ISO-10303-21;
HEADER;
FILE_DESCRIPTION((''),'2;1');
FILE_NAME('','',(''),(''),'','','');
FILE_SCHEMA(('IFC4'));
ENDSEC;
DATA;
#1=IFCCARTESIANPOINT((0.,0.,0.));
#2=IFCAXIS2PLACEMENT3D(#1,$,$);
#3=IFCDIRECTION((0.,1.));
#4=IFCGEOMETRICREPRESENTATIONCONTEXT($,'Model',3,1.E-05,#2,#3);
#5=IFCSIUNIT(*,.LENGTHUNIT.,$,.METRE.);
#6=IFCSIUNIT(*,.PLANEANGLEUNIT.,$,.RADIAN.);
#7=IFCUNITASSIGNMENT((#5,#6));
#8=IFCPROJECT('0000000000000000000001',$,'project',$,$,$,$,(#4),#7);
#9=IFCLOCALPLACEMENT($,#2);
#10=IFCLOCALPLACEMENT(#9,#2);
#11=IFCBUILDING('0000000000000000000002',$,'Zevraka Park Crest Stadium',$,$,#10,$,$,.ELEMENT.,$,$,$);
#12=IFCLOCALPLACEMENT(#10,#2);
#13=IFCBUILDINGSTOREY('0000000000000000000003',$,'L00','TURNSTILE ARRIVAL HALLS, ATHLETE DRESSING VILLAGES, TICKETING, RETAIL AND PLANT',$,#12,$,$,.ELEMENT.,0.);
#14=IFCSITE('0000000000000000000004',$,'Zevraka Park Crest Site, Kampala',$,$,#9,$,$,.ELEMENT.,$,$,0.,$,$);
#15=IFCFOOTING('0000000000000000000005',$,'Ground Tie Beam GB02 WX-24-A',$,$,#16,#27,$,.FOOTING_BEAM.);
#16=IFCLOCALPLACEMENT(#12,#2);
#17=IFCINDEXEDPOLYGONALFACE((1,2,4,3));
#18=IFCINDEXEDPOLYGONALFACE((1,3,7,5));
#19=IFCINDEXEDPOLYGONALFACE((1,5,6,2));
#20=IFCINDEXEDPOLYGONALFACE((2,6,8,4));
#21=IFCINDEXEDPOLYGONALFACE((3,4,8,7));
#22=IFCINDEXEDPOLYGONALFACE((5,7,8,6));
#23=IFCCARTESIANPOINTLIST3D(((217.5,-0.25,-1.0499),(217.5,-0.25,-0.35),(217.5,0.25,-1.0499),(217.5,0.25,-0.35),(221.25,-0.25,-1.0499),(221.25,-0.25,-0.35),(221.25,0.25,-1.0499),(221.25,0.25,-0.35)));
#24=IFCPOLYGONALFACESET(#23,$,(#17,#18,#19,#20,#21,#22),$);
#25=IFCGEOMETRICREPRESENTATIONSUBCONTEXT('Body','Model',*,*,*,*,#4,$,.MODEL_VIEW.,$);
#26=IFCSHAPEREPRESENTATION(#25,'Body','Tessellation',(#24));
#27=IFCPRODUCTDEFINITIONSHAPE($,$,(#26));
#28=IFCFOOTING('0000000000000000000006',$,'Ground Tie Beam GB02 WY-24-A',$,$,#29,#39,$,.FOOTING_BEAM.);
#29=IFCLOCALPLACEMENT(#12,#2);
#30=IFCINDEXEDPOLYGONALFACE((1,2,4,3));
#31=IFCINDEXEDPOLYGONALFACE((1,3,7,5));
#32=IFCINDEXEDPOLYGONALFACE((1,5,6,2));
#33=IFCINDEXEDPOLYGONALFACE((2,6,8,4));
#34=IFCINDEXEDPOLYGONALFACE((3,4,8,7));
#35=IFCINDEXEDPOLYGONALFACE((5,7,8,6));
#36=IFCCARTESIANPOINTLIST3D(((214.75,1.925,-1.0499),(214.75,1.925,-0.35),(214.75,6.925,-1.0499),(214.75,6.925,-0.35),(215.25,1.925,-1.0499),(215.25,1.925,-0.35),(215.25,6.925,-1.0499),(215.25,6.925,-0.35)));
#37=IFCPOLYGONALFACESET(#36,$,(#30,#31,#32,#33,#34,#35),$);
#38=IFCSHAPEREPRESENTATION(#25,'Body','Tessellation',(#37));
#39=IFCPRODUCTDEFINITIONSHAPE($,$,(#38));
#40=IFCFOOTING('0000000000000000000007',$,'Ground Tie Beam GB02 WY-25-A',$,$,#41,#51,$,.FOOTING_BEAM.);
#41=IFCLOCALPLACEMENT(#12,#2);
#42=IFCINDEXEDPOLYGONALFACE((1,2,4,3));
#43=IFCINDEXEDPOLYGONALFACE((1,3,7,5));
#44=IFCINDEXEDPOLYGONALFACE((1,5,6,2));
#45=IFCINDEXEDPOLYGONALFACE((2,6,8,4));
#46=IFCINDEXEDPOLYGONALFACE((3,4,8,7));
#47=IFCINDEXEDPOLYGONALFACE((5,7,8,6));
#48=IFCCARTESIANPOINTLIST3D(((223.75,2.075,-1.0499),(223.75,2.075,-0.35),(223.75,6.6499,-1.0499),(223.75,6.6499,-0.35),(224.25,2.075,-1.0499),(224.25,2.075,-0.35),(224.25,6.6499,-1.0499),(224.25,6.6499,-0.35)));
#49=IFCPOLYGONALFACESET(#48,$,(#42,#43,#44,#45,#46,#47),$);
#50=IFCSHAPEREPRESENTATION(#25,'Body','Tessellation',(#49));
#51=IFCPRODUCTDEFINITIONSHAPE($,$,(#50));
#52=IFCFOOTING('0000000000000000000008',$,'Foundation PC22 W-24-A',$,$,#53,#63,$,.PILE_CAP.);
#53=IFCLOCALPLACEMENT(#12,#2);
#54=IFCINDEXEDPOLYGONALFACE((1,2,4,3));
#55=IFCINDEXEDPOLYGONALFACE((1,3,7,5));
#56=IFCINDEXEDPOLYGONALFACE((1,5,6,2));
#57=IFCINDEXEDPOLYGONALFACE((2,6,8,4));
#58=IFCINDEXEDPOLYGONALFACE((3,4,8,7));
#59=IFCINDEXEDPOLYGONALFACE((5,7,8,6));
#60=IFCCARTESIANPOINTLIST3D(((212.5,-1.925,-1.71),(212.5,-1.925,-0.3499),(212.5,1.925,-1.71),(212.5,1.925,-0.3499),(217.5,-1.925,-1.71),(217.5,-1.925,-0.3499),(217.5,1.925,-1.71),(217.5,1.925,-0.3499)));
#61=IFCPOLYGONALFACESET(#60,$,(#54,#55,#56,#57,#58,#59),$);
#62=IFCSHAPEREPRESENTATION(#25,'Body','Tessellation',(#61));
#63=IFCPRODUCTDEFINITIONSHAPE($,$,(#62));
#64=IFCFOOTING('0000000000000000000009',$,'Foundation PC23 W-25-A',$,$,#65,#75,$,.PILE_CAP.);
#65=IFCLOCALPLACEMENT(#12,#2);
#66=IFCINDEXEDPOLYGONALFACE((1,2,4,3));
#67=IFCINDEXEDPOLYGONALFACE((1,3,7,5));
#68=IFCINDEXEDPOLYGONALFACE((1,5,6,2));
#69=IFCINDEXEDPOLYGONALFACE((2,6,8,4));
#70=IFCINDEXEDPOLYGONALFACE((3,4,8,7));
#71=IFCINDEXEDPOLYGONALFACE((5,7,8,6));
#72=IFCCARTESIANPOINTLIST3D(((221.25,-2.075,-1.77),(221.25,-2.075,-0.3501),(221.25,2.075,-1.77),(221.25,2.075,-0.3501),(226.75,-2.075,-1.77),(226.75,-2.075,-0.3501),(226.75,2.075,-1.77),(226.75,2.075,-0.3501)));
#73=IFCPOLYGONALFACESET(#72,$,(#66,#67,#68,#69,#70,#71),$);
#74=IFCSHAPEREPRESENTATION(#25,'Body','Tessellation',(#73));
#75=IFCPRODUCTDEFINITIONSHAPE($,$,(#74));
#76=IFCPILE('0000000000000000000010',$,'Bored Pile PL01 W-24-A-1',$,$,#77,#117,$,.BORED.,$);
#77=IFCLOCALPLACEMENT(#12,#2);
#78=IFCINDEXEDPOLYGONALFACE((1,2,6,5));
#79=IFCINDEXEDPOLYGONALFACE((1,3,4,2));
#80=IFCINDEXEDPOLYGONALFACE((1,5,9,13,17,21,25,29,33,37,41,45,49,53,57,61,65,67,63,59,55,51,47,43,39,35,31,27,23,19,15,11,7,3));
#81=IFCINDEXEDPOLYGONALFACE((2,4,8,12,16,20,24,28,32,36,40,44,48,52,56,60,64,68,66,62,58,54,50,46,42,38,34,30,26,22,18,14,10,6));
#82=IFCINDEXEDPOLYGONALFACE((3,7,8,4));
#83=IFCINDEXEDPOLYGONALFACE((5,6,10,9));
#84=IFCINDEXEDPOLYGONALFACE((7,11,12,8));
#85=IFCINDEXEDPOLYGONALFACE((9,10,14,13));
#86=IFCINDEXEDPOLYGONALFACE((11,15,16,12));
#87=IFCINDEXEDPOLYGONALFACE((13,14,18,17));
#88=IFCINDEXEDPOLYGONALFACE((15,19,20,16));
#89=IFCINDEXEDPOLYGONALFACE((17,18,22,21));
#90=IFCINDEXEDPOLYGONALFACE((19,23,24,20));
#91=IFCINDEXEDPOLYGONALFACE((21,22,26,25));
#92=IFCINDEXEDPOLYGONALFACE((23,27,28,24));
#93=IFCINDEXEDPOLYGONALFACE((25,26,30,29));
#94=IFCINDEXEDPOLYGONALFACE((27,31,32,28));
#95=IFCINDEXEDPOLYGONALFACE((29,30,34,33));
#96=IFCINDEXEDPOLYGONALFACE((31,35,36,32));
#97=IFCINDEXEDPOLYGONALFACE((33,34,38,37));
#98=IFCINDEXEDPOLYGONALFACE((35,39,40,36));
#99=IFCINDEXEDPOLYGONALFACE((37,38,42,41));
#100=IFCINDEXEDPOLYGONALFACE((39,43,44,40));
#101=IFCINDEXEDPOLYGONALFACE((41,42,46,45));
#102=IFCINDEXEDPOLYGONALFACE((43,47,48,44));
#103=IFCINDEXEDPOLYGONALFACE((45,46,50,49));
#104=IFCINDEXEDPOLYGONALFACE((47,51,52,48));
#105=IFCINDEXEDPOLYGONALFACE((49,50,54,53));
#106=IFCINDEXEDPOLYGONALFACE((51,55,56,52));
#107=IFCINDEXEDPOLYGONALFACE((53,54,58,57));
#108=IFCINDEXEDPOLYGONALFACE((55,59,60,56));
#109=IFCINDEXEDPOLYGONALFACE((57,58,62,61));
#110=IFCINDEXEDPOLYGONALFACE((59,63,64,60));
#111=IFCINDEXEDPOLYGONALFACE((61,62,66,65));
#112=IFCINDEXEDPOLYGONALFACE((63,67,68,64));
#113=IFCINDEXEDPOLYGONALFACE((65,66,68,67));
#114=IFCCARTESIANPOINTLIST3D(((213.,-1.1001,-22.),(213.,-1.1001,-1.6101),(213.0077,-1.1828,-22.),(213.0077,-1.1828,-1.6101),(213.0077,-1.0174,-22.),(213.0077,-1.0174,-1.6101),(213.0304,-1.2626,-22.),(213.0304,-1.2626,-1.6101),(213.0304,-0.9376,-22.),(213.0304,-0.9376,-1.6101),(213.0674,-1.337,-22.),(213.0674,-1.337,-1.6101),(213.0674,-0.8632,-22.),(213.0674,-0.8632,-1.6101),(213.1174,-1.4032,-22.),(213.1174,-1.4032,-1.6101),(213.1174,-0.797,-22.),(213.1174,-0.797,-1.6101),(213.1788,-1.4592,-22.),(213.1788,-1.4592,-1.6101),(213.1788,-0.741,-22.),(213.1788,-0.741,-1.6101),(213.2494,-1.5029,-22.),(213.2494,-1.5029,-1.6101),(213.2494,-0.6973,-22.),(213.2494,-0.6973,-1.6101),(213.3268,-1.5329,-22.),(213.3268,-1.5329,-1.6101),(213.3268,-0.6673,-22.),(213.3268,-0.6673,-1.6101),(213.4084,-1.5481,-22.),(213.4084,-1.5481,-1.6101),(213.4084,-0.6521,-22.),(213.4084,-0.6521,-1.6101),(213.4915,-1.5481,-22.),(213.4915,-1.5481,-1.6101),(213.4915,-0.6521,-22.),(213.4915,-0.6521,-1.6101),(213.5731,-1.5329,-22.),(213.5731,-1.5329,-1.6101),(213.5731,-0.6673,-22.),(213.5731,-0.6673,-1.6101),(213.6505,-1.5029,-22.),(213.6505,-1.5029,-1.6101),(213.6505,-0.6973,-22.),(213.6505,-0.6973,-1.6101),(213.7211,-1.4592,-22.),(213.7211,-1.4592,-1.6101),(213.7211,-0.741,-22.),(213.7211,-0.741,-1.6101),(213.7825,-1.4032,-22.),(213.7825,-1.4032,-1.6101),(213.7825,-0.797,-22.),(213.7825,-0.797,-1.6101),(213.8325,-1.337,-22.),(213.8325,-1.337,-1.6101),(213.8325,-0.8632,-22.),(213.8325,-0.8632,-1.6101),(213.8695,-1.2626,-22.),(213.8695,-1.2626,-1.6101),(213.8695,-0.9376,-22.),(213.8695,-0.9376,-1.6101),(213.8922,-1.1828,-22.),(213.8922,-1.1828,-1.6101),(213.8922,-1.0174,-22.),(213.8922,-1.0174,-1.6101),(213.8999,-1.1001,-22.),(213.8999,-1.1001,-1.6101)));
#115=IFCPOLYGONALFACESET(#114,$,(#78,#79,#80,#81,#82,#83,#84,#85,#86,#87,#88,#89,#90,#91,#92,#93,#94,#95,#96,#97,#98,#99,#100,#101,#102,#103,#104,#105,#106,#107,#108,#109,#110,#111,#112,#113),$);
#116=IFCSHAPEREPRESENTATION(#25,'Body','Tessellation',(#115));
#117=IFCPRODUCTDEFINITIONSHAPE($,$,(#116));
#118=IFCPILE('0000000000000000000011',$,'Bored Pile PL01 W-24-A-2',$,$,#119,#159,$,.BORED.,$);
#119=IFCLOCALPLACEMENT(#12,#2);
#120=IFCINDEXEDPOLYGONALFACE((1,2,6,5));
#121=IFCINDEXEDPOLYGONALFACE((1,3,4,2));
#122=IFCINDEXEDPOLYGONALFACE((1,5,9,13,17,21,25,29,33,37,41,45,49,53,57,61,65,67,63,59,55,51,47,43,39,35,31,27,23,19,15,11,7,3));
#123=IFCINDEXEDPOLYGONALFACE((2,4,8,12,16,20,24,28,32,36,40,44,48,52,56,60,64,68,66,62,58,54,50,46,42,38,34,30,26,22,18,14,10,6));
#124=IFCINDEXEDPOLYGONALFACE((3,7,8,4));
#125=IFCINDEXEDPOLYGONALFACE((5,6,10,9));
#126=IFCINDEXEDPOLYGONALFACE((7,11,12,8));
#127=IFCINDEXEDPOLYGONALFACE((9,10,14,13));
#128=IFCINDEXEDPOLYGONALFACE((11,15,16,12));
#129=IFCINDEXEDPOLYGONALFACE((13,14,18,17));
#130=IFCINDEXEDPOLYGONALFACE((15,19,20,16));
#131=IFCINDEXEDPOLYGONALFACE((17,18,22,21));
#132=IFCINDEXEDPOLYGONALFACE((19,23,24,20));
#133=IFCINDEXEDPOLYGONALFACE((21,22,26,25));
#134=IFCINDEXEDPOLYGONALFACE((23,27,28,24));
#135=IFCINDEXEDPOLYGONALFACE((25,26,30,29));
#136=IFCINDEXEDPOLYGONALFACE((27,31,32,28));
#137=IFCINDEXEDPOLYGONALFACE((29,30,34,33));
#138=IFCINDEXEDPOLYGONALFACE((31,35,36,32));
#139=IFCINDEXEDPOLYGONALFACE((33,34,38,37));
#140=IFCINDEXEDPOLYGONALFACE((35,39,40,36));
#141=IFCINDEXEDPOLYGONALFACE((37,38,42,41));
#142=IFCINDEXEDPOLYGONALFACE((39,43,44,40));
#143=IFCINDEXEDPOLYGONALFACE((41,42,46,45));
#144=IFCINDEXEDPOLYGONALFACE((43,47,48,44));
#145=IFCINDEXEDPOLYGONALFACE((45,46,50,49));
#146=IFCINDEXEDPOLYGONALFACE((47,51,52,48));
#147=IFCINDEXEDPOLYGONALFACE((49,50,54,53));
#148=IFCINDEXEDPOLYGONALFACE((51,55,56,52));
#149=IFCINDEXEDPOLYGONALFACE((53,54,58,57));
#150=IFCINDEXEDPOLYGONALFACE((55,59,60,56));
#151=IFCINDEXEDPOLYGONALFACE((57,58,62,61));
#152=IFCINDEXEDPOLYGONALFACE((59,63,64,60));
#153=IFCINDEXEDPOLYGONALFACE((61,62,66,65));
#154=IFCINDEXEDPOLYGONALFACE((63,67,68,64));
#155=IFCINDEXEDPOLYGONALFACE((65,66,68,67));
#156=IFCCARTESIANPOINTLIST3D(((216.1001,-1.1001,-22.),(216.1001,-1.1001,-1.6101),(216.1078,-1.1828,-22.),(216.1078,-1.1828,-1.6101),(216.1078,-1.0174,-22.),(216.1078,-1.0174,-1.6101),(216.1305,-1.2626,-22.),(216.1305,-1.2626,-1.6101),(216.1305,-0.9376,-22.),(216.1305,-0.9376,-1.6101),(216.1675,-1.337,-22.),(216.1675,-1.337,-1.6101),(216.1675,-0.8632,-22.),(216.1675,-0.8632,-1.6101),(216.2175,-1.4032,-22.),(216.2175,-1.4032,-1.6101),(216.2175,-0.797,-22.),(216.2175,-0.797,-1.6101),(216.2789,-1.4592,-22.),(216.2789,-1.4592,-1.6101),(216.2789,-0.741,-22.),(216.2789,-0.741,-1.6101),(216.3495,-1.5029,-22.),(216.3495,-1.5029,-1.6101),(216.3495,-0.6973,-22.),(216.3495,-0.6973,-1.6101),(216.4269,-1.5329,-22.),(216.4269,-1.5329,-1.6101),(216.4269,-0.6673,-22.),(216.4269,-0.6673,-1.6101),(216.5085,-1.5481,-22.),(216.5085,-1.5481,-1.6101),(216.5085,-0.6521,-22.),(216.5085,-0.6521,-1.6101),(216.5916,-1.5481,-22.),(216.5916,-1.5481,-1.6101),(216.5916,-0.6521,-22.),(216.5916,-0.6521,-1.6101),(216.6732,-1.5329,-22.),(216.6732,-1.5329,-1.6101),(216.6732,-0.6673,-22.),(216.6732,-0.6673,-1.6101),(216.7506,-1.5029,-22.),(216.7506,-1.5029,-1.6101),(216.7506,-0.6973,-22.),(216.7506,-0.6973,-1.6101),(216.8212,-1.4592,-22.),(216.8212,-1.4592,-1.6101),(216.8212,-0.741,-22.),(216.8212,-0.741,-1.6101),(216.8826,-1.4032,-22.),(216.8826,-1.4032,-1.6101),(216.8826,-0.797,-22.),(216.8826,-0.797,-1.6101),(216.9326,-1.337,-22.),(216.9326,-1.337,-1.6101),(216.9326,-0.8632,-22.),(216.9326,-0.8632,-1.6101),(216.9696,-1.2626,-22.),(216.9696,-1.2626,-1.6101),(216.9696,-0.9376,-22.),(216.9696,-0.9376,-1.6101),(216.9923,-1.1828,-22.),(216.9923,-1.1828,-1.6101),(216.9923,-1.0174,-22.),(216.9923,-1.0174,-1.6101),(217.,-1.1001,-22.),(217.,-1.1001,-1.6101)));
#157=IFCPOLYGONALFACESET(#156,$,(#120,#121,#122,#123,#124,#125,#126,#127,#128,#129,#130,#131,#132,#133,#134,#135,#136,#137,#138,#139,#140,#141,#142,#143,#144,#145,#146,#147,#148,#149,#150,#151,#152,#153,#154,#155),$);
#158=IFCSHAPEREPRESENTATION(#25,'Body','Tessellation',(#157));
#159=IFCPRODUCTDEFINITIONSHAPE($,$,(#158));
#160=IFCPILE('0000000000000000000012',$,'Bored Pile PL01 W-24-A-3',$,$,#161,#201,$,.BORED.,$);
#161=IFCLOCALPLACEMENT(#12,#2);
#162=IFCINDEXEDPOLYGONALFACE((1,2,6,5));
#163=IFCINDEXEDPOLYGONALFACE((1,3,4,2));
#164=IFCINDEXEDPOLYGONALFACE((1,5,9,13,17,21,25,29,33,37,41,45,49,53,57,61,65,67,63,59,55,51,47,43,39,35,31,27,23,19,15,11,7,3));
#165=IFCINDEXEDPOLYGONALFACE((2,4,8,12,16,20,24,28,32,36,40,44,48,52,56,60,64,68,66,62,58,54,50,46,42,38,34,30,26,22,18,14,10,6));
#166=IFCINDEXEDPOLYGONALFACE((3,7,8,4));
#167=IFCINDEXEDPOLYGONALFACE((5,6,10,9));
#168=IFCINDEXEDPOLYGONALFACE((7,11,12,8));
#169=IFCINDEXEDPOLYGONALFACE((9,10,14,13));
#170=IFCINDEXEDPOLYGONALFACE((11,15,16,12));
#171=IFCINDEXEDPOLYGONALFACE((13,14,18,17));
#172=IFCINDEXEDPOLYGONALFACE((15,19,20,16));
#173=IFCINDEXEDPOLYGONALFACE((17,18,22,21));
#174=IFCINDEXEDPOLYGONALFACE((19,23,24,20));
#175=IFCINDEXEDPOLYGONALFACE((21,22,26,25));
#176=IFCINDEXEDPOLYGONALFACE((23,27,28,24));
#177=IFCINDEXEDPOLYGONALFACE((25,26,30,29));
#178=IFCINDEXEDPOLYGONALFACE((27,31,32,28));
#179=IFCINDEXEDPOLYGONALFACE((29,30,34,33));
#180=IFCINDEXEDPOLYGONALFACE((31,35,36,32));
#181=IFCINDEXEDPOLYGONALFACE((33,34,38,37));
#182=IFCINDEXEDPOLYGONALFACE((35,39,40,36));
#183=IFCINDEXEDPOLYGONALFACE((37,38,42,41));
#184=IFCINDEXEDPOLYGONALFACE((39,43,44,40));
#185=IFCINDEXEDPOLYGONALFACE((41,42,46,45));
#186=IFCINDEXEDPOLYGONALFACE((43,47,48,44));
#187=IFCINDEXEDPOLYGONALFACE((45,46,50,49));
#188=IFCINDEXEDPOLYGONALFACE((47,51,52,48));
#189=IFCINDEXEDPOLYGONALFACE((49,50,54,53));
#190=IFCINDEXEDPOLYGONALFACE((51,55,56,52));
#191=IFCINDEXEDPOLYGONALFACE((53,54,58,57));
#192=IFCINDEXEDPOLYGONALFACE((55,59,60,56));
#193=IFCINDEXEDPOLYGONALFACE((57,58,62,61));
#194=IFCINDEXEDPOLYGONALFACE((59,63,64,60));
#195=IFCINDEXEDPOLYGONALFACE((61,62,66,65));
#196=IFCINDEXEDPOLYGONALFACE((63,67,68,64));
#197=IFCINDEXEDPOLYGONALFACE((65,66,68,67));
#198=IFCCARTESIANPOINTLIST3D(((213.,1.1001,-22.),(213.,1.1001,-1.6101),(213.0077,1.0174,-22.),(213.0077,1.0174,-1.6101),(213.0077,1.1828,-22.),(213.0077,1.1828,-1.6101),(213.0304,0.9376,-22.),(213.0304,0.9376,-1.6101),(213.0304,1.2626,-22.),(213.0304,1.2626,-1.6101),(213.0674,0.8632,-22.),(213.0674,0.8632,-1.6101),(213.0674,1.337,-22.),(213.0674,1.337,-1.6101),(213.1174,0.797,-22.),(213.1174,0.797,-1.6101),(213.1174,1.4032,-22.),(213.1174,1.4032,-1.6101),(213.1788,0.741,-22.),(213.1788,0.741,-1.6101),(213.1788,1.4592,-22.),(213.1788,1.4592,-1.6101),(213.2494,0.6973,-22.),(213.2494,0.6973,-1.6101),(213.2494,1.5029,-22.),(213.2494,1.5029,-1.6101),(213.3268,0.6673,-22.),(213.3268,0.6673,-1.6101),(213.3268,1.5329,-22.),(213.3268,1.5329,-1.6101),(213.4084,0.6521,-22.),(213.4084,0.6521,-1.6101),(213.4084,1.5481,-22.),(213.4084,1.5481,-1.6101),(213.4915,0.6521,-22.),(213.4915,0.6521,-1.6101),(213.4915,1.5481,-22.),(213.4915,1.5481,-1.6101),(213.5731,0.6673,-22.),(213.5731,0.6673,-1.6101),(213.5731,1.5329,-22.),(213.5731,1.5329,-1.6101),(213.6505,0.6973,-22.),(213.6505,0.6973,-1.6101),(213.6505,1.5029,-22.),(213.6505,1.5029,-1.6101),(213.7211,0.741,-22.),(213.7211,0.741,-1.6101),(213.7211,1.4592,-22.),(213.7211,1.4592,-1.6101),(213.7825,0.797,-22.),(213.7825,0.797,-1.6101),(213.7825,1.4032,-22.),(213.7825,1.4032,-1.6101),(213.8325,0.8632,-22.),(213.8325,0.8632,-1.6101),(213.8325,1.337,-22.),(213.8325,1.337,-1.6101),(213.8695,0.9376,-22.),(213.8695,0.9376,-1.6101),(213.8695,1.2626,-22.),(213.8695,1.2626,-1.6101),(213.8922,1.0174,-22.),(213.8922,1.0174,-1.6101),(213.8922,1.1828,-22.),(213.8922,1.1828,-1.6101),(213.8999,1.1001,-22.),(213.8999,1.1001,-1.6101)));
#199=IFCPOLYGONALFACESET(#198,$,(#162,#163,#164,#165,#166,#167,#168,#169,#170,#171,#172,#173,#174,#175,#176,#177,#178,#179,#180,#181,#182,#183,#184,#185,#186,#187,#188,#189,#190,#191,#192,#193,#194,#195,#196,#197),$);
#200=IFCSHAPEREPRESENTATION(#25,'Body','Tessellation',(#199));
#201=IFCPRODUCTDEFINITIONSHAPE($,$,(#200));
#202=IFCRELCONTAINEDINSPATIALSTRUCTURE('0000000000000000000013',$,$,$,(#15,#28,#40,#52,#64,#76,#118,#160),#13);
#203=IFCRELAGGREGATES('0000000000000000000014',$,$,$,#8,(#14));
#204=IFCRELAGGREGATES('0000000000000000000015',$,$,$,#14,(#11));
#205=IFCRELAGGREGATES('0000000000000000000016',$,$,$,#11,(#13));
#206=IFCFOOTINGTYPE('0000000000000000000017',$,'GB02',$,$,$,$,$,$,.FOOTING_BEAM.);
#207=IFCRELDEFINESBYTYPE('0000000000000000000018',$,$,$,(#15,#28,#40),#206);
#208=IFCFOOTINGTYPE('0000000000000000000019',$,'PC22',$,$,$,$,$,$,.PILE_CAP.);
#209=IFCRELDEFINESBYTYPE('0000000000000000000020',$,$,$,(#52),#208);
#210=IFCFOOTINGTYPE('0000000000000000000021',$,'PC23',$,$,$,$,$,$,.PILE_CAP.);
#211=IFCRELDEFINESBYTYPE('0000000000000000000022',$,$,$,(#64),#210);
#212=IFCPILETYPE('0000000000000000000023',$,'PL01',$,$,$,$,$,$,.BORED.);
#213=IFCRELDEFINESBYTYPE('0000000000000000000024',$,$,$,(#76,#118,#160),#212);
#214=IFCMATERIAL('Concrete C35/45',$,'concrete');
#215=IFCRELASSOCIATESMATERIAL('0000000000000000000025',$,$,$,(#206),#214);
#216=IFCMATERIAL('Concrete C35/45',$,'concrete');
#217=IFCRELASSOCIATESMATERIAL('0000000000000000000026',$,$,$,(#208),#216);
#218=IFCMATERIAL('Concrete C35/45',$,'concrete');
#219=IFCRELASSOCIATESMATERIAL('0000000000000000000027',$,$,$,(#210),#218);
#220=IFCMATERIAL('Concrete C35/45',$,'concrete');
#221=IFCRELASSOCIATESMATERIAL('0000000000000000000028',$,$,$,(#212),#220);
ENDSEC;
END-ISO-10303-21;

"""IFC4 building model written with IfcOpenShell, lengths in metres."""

from ifc_helpers import new_model, si_unit, direction, frame, origin, origin_2d, place, context, subcontext, project, spatial, rectangle, circle, extrude, material, material_profile, profile_set, type_object, element, save


model = new_model("IFC4")

# Units and contexts
model_context = context("Model", 3, precision=1e-05, world=origin(), true_north=direction((0.0, 1.0)))
body_context = subcontext(model_context, "Body", "Model", "MODEL_VIEW")
ifc_project = project(units=[si_unit("LENGTHUNIT", "METRE"), si_unit("PLANEANGLEUNIT", "RADIAN")], contexts=[model_context])

# Site, building, storey
site_placement = place(None, origin())
site = spatial("IfcSite", under=ifc_project, at=site_placement, Name="Zevraka Park Crest Site, Kampala", CompositionType="ELEMENT", RefElevation=0.0)
building_placement = place(site_placement, origin())
building = spatial("IfcBuilding", under=site, at=building_placement, Name="Zevraka Park Crest Stadium", CompositionType="ELEMENT")
storey_placement = place(building_placement, origin())
storey = spatial("IfcBuildingStorey", under=building, at=storey_placement, Name="L00", Description="TURNSTILE ARRIVAL HALLS, ATHLETE DRESSING VILLAGES, TICKETING, RETAIL AND PLANT", CompositionType="ELEMENT", Elevation=0.0)

# Footings
ifc_material_1 = material(Name="Concrete C35/45", Category="concrete")
ifc_material_profile_1 = material_profile(ifc_material_1, rectangle(XDim=0.5, YDim=0.7, at=origin_2d()), Name="GB 700x500")
ifc_profile_set_1 = profile_set([ifc_material_profile_1], Name="Concrete C35/45")
footing_type_1 = type_object("IfcFootingType", Name="GB02", PredefinedType="FOOTING_BEAM", material=ifc_profile_set_1)
footing_1_placement = place(storey_placement, frame((217.5, 0.0, -0.7), z_axis=(1.0, 0.0, 0.0), x_axis=(0.0, 1.0, 0.0)))
element("IfcFooting", 1, at=footing_1_placement, inside=storey, type_object=footing_type_1, Name="Ground Tie Beam GB02 WX-24-A", PredefinedType="FOOTING_BEAM", context=body_context, shape_type="SweptSolid", body=[
    extrude(rectangle(XDim=0.5, YDim=0.7, at=origin_2d()), origin(), (0.0, 0.0, 1.0), 3.75),
])
footing_2_placement = place(storey_placement, frame((215.0, 1.925, -0.7), z_axis=(0.0, 1.0, 0.0), x_axis=(-1.0, 0.0, 0.0)))
element("IfcFooting", 2, at=footing_2_placement, inside=storey, type_object=footing_type_1, Name="Ground Tie Beam GB02 WY-24-A", PredefinedType="FOOTING_BEAM", context=body_context, shape_type="SweptSolid", body=[
    extrude(rectangle(XDim=0.5, YDim=0.7, at=origin_2d()), origin(), (0.0, 0.0, 1.0), 5.0),
])
footing_3_placement = place(storey_placement, frame((224.0, 2.075, -0.7), z_axis=(0.0, 1.0, 0.0), x_axis=(-1.0, 0.0, 0.0)))
element("IfcFooting", 3, at=footing_3_placement, inside=storey, type_object=footing_type_1, Name="Ground Tie Beam GB02 WY-25-A", PredefinedType="FOOTING_BEAM", context=body_context, shape_type="SweptSolid", body=[
    extrude(rectangle(XDim=0.5, YDim=0.7, at=origin_2d()), origin(), (0.0, 0.0, 1.0), 4.575),
])
ifc_material_2 = material(Name="Concrete C35/45", Category="concrete")
footing_type_2 = type_object("IfcFootingType", Name="PC22", PredefinedType="PILE_CAP", material=ifc_material_2)
footing_4_placement = place(storey_placement, frame((215.0, 0.0, -1.71), z_axis=(0.0, 0.0, 1.0), x_axis=(1.0, 0.0, 0.0)))
element("IfcFooting", 4, at=footing_4_placement, inside=storey, type_object=footing_type_2, Name="Foundation PC22 W-24-A", PredefinedType="PILE_CAP", context=body_context, shape_type="SweptSolid", body=[
    extrude(rectangle(XDim=5.0, YDim=3.8501, at=origin_2d()), origin(), (0.0, 0.0, 1.0), 1.3601),
])
ifc_material_3 = material(Name="Concrete C35/45", Category="concrete")
footing_type_3 = type_object("IfcFootingType", Name="PC23", PredefinedType="PILE_CAP", material=ifc_material_3)
footing_5_placement = place(storey_placement, frame((224.0, 0.0, -1.77), z_axis=(0.0, 0.0, 1.0), x_axis=(1.0, 0.0, 0.0)))
element("IfcFooting", 5, at=footing_5_placement, inside=storey, type_object=footing_type_3, Name="Foundation PC23 W-25-A", PredefinedType="PILE_CAP", context=body_context, shape_type="SweptSolid", body=[
    extrude(rectangle(XDim=5.5, YDim=4.1499, at=origin_2d()), origin(), (0.0, 0.0, 1.0), 1.4199),
])

# Piles
ifc_material_4 = material(Name="Concrete C35/45", Category="concrete")
ifc_material_profile_2 = material_profile(ifc_material_4, circle(Radius=0.45, at=origin_2d()), Name="PILE D900")
ifc_profile_set_2 = profile_set([ifc_material_profile_2], Name="Concrete C35/45")
pile_type_1 = type_object("IfcPileType", Name="PL01", PredefinedType="BORED", material=ifc_profile_set_2)
for number, where, z_axis, x_axis, name in (
    (6, (213.45, -1.1001, -1.6101), (0.0, 0.0, -1.0), (1.0, 0.0, 0.0), "Bored Pile PL01 W-24-A-1"),
    (7, (216.55, -1.1001, -1.6101), (0.0, 0.0, -1.0), (1.0, 0.0, 0.0), "Bored Pile PL01 W-24-A-2"),
    (8, (213.45, 1.1001, -1.6101), (0.0, 0.0, -1.0), (1.0, 0.0, 0.0), "Bored Pile PL01 W-24-A-3"),
):
    element("IfcPile", number, at=place(storey_placement, frame(where, z_axis=z_axis, x_axis=x_axis)), inside=storey, type_object=pile_type_1, Name=name, PredefinedType="BORED", context=body_context, shape_type="SweptSolid", body=[
        extrude(circle(Radius=0.45, at=origin_2d()), origin(), (0.0, 0.0, 1.0), 20.3899),
    ])

save(model, "model.ifc")
